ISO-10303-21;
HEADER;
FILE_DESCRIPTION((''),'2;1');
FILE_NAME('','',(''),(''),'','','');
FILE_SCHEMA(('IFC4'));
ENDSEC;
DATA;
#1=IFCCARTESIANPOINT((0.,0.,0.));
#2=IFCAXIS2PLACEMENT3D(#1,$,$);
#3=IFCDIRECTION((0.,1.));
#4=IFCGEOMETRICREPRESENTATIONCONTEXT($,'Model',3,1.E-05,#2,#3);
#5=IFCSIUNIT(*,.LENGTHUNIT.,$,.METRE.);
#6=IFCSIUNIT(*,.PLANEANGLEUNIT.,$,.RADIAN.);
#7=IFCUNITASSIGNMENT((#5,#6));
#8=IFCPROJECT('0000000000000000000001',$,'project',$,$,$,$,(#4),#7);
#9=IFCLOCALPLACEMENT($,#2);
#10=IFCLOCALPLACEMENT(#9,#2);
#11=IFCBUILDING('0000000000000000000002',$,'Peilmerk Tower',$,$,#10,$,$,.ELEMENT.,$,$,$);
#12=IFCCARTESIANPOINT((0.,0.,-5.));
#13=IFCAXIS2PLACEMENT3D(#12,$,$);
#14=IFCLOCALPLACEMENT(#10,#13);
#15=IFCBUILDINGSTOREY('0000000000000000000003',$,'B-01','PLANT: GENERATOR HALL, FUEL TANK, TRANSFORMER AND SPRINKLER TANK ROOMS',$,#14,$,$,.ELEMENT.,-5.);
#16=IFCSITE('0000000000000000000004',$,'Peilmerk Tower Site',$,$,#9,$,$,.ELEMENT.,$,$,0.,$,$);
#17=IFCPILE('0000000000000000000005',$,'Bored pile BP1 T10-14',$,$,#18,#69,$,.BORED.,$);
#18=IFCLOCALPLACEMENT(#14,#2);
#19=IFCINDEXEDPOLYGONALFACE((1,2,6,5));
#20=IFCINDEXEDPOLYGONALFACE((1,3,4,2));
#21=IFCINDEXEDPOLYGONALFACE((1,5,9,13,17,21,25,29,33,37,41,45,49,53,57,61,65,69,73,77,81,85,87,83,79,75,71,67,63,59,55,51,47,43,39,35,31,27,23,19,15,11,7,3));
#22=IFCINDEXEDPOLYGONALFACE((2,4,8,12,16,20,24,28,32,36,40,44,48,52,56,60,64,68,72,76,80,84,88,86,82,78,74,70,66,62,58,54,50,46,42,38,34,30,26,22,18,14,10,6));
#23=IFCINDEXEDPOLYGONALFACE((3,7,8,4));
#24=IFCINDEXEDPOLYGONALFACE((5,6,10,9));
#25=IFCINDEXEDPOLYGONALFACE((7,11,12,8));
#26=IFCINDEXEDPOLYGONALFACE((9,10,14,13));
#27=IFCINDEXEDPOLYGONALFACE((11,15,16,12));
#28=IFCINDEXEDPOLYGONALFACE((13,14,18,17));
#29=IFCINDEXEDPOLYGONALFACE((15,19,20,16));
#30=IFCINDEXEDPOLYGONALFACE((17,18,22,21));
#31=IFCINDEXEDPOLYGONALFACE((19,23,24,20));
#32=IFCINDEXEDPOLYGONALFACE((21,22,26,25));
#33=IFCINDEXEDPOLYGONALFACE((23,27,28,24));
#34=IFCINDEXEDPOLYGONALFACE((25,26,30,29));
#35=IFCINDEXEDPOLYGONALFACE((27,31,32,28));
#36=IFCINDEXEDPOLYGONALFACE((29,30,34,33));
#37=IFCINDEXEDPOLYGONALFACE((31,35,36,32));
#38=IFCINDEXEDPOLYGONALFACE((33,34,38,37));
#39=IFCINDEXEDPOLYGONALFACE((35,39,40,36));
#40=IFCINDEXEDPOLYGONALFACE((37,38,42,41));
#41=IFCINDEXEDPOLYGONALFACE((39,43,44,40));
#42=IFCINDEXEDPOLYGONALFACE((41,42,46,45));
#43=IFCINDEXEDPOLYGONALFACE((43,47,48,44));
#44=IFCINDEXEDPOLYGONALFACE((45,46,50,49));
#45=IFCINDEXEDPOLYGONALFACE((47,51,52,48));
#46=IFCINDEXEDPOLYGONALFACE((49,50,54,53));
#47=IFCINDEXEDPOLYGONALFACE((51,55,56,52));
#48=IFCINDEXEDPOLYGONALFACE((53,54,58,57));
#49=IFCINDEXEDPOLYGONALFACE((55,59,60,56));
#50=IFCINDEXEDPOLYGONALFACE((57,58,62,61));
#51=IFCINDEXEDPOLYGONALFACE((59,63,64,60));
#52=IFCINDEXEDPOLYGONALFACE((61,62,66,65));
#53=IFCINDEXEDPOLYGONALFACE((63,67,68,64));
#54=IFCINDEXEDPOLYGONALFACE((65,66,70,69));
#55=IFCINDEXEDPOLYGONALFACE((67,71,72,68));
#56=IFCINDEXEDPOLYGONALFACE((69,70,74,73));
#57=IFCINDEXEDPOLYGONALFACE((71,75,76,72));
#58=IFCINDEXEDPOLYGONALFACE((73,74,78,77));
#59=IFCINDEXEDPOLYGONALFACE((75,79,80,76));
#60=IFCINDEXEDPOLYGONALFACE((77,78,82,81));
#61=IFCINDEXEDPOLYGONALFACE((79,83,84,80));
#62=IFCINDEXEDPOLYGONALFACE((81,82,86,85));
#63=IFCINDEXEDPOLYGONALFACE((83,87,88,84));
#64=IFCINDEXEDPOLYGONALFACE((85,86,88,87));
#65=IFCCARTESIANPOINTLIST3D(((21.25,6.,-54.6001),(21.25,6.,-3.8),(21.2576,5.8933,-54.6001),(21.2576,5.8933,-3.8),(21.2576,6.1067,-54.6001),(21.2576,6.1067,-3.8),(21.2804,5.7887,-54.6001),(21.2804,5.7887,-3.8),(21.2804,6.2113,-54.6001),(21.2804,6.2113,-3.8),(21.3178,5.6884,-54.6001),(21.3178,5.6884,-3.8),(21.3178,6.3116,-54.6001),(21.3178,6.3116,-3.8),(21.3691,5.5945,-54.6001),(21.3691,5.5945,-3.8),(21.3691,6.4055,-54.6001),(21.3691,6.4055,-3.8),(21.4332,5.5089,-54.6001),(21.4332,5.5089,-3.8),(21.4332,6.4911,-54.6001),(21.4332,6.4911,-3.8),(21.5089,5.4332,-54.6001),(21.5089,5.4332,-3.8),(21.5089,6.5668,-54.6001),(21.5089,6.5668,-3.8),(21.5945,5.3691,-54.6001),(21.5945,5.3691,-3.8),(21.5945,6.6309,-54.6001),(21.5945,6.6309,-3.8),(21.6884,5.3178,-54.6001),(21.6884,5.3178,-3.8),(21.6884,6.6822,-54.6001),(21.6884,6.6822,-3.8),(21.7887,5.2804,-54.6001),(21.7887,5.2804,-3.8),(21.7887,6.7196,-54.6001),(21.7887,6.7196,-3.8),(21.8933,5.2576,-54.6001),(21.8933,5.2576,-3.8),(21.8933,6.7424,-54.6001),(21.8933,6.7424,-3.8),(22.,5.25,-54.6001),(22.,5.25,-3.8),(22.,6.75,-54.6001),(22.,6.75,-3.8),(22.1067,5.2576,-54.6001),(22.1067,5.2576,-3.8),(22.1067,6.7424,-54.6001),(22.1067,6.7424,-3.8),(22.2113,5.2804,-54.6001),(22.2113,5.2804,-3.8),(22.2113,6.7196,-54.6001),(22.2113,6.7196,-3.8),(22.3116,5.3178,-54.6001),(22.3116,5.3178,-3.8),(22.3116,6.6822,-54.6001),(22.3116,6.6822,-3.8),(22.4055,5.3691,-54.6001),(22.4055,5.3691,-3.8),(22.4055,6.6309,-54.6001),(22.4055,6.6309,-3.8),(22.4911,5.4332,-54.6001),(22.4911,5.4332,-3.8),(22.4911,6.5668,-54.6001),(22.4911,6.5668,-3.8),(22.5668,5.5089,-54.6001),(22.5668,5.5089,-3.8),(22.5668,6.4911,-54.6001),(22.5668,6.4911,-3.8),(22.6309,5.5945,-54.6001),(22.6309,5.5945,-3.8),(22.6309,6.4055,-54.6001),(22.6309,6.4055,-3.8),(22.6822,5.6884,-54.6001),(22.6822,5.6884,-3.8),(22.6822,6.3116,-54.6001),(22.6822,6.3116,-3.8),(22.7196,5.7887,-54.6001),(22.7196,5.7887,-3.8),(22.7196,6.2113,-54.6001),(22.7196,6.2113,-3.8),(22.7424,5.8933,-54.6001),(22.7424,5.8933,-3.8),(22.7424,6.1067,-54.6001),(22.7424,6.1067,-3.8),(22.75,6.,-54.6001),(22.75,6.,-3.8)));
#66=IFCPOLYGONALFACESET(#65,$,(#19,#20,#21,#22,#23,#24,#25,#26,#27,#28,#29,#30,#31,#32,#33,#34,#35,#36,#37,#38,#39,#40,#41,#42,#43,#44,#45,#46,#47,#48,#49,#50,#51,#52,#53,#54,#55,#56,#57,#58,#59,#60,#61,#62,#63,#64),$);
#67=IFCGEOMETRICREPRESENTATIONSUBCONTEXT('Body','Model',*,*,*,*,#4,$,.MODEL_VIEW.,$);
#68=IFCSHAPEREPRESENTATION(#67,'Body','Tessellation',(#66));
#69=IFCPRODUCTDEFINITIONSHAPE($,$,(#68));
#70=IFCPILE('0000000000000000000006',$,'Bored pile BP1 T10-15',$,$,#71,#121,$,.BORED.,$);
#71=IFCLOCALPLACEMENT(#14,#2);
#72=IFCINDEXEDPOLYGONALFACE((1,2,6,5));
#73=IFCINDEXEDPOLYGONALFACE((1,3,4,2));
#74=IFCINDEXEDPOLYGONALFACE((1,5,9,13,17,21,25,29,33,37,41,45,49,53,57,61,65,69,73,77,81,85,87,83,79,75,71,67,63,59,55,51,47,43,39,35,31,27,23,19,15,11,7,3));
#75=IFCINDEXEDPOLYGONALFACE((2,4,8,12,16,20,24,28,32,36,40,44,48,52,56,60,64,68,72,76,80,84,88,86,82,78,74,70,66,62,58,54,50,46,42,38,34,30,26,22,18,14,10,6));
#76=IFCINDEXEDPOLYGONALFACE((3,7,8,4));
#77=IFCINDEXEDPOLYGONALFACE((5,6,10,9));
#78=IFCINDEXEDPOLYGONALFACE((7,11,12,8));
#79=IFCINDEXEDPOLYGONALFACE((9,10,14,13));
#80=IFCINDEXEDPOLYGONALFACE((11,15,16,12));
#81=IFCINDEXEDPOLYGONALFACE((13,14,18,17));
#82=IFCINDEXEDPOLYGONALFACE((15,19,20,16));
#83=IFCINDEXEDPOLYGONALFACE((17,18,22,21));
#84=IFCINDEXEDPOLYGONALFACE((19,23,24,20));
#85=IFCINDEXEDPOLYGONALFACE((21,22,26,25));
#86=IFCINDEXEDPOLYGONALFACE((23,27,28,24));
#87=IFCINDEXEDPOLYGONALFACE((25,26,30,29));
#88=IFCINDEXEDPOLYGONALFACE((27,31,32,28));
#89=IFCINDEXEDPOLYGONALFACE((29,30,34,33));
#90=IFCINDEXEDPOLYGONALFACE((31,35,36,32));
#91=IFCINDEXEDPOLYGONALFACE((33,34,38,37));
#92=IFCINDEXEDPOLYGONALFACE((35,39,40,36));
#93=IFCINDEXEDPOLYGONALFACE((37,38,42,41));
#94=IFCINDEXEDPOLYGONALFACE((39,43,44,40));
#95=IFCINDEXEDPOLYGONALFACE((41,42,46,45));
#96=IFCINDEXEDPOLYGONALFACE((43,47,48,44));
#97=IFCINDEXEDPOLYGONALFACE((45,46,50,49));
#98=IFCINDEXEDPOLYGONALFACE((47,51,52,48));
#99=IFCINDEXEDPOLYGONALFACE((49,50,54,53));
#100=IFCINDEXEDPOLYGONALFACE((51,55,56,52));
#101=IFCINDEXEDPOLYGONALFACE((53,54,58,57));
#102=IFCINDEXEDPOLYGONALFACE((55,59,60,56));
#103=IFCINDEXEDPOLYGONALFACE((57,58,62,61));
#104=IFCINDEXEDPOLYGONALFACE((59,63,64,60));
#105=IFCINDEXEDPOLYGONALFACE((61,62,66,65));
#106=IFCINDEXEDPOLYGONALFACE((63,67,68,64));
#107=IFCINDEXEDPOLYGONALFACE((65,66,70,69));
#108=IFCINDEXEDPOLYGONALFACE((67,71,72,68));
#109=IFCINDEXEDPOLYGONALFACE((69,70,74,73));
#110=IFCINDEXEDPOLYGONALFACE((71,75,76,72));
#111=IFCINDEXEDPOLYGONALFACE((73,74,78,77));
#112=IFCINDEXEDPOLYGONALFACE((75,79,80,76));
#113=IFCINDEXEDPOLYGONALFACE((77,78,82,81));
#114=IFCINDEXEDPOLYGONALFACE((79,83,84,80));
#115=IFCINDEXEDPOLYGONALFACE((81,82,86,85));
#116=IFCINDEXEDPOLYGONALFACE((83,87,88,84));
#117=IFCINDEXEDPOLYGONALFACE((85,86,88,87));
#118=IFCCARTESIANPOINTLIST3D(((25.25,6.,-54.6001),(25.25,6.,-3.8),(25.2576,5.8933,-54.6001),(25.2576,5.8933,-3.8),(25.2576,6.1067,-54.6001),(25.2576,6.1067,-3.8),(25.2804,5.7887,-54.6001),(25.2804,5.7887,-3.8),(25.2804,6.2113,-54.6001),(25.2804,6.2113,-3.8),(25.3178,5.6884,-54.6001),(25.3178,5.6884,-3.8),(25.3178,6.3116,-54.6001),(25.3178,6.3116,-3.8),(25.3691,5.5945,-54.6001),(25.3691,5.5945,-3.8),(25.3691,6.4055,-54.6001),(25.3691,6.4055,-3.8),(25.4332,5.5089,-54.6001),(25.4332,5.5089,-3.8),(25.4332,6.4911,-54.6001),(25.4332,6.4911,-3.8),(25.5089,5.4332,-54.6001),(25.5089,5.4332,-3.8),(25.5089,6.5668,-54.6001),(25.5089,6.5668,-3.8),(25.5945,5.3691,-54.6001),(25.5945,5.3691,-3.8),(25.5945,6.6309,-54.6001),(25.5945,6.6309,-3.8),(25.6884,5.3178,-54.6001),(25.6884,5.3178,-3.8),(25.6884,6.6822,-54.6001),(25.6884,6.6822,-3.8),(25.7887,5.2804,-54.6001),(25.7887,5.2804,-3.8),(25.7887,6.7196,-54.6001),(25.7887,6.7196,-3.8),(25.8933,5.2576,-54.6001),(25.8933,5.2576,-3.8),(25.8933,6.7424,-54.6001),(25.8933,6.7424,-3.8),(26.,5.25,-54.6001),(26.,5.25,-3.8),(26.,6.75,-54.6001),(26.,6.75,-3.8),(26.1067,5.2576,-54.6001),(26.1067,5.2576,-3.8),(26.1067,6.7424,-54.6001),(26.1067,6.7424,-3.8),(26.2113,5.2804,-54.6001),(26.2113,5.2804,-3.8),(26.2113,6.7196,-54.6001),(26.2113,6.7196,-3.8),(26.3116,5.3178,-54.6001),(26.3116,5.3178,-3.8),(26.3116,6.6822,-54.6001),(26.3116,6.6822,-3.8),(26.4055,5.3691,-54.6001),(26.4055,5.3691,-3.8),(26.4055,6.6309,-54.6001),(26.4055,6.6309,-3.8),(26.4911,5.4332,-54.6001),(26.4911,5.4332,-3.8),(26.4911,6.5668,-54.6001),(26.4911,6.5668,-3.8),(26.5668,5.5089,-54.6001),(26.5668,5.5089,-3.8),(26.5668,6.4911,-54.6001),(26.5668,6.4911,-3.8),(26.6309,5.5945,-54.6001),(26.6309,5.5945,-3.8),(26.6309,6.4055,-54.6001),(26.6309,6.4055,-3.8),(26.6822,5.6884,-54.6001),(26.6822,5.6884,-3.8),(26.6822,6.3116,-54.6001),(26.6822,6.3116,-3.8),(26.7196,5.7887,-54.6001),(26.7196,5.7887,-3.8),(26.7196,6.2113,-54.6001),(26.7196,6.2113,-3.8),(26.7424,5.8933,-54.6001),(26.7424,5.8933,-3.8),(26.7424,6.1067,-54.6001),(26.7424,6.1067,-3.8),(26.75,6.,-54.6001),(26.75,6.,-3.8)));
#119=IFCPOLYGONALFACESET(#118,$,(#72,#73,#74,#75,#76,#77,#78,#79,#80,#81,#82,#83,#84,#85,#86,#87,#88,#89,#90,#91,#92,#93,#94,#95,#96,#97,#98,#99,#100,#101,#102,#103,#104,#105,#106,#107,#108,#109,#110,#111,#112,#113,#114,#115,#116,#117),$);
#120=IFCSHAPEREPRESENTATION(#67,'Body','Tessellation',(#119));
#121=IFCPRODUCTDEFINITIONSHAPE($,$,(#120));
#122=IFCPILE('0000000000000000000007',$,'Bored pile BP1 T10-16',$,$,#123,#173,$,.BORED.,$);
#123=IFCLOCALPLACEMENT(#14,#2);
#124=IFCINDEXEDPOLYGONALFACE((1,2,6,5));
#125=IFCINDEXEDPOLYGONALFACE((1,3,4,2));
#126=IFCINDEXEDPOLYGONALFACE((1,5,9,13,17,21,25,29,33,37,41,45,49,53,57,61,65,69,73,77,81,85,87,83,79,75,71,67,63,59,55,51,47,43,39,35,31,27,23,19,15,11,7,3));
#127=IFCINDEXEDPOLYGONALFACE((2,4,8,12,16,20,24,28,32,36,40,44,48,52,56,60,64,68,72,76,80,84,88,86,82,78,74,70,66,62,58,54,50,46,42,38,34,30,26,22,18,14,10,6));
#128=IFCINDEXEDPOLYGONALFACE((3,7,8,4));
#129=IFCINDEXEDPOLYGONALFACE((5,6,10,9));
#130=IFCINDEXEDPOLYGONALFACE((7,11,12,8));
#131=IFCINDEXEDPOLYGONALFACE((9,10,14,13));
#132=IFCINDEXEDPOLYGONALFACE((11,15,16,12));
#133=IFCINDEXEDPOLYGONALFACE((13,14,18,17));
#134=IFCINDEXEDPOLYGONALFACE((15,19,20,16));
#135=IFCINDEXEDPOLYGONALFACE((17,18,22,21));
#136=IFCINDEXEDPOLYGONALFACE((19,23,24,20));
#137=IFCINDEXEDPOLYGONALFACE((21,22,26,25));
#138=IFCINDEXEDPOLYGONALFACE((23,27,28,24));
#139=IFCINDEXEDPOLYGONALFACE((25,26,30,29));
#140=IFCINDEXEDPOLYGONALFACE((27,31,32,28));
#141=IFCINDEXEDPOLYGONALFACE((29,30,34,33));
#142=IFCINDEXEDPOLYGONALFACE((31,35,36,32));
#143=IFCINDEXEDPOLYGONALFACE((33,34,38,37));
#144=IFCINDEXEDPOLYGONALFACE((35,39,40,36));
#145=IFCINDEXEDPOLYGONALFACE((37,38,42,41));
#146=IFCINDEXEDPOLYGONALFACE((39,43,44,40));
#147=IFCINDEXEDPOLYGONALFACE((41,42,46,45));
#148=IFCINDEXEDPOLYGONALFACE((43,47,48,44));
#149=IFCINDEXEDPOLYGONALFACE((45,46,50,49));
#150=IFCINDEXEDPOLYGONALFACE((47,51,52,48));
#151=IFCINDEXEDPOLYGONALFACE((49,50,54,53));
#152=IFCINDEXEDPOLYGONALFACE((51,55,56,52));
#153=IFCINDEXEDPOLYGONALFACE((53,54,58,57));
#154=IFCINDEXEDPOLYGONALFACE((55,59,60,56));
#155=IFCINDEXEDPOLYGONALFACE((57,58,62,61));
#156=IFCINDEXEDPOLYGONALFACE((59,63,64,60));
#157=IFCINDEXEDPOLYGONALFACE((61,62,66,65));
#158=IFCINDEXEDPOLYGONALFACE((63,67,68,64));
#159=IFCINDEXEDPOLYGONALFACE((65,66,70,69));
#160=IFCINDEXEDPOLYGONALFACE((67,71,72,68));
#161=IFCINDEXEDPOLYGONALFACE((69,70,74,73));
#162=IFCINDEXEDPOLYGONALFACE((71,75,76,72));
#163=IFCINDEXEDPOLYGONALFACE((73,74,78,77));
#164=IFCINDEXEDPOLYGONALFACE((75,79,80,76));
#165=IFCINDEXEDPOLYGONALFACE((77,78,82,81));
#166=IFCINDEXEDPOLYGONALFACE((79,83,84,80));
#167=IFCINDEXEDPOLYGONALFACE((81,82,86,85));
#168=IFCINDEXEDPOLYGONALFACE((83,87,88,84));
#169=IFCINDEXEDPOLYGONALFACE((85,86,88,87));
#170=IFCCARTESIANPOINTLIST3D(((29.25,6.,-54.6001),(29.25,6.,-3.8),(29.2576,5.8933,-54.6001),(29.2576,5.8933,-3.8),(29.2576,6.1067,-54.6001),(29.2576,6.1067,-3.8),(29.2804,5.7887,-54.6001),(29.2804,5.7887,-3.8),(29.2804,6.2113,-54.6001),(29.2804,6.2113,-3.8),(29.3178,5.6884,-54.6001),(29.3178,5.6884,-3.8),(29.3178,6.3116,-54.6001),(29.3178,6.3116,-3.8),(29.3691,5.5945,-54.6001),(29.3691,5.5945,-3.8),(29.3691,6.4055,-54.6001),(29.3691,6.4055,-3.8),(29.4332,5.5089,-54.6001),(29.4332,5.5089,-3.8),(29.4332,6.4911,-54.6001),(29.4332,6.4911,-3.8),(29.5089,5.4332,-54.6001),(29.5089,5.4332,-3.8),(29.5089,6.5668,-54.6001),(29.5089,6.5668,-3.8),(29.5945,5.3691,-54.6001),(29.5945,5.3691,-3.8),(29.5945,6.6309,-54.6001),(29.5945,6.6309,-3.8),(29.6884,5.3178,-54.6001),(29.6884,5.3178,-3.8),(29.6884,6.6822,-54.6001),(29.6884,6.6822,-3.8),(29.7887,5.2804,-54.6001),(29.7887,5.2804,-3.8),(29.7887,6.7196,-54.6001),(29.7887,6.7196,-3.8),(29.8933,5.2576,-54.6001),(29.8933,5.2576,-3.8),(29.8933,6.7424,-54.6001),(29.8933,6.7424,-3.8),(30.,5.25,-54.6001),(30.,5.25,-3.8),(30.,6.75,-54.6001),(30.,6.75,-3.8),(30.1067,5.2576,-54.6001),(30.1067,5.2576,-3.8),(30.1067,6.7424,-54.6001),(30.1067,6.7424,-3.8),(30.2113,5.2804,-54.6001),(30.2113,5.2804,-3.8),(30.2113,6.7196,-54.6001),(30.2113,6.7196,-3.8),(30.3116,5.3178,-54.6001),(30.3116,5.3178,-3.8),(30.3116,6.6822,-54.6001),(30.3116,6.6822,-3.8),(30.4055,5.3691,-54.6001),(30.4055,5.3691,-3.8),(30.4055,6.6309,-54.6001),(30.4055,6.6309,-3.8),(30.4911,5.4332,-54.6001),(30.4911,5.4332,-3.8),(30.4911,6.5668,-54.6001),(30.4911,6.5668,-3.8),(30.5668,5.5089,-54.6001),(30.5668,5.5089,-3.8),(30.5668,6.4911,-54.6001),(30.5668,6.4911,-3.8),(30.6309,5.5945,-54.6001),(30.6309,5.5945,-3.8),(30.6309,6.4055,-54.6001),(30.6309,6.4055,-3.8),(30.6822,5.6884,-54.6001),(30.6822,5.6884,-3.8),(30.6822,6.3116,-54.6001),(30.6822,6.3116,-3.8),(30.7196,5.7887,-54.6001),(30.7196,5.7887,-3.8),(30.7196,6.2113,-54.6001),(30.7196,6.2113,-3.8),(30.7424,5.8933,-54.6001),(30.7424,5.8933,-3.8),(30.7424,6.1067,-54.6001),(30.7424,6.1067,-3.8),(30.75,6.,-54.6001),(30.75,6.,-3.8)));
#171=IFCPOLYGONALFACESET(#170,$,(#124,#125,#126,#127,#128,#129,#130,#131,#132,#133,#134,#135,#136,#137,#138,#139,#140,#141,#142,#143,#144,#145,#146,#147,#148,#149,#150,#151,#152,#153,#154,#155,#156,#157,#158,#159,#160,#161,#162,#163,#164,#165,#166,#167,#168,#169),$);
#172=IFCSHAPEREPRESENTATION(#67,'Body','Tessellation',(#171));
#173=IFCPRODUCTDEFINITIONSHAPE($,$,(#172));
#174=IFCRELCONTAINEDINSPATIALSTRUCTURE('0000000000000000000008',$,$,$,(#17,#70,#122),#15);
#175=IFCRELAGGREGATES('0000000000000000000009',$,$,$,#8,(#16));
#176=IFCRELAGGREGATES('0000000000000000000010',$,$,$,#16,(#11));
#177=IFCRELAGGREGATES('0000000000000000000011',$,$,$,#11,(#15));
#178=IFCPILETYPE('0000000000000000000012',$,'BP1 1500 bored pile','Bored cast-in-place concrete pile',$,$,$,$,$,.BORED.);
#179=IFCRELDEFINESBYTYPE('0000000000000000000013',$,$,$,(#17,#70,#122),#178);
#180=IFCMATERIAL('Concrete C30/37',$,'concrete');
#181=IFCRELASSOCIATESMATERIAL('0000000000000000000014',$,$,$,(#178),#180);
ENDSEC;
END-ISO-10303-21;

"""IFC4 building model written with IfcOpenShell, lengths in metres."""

from ifc_helpers import new_model, si_unit, direction, frame, origin, origin_2d, place, context, subcontext, project, spatial, circle, extrude, material, material_profile, profile_set, type_object, element, save


model = new_model("IFC4")

# Units and contexts
model_context = context("Model", 3, precision=1e-05, world=origin(), true_north=direction((0.0, 1.0)))
body_context = subcontext(model_context, "Body", "Model", "MODEL_VIEW")
ifc_project = project(units=[si_unit("LENGTHUNIT", "METRE"), si_unit("PLANEANGLEUNIT", "RADIAN")], contexts=[model_context])

# Site, building, storey
site_placement = place(None, origin())
site = spatial("IfcSite", under=ifc_project, at=site_placement, Name="Peilmerk Tower Site", CompositionType="ELEMENT", RefElevation=0.0)
building_placement = place(site_placement, origin())
building = spatial("IfcBuilding", under=site, at=building_placement, Name="Peilmerk Tower", CompositionType="ELEMENT")
storey_placement = place(building_placement, frame((0.0, 0.0, -5.0)))
storey = spatial("IfcBuildingStorey", under=building, at=storey_placement, Name="B-01", Description="PLANT: GENERATOR HALL, FUEL TANK, TRANSFORMER AND SPRINKLER TANK ROOMS", CompositionType="ELEMENT", Elevation=-5.0)

# Piles
ifc_material_1 = material(Name="Concrete C30/37", Category="concrete")
ifc_material_profile_1 = material_profile(ifc_material_1, circle(Radius=0.75, at=origin_2d()), Name="BP 1500")
ifc_profile_set_1 = profile_set([ifc_material_profile_1], Name="Concrete C30/37")
pile_type_1 = type_object("IfcPileType", Name="BP1 1500 bored pile", Description="Bored cast-in-place concrete pile", PredefinedType="BORED", material=ifc_profile_set_1)
for number, where, z_axis, x_axis, name in (
    (1, (22.0, 6.0, -3.8), (0.0, 0.0, -1.0), (1.0, 0.0, 0.0), "Bored pile BP1 T10-14"),
    (2, (26.0, 6.0, -3.8), (0.0, 0.0, -1.0), (1.0, 0.0, 0.0), "Bored pile BP1 T10-15"),
    (3, (30.0, 6.0, -3.8), (0.0, 0.0, -1.0), (1.0, 0.0, 0.0), "Bored pile BP1 T10-16"),
):
    element("IfcPile", number, at=place(storey_placement, frame(where, z_axis=z_axis, x_axis=x_axis)), inside=storey, type_object=pile_type_1, Name=name, PredefinedType="BORED", context=body_context, shape_type="SweptSolid", body=[
        extrude(circle(Radius=0.75, at=origin_2d()), origin(), (0.0, 0.0, 1.0), 50.8),
    ])

save(model, "model.ifc")
